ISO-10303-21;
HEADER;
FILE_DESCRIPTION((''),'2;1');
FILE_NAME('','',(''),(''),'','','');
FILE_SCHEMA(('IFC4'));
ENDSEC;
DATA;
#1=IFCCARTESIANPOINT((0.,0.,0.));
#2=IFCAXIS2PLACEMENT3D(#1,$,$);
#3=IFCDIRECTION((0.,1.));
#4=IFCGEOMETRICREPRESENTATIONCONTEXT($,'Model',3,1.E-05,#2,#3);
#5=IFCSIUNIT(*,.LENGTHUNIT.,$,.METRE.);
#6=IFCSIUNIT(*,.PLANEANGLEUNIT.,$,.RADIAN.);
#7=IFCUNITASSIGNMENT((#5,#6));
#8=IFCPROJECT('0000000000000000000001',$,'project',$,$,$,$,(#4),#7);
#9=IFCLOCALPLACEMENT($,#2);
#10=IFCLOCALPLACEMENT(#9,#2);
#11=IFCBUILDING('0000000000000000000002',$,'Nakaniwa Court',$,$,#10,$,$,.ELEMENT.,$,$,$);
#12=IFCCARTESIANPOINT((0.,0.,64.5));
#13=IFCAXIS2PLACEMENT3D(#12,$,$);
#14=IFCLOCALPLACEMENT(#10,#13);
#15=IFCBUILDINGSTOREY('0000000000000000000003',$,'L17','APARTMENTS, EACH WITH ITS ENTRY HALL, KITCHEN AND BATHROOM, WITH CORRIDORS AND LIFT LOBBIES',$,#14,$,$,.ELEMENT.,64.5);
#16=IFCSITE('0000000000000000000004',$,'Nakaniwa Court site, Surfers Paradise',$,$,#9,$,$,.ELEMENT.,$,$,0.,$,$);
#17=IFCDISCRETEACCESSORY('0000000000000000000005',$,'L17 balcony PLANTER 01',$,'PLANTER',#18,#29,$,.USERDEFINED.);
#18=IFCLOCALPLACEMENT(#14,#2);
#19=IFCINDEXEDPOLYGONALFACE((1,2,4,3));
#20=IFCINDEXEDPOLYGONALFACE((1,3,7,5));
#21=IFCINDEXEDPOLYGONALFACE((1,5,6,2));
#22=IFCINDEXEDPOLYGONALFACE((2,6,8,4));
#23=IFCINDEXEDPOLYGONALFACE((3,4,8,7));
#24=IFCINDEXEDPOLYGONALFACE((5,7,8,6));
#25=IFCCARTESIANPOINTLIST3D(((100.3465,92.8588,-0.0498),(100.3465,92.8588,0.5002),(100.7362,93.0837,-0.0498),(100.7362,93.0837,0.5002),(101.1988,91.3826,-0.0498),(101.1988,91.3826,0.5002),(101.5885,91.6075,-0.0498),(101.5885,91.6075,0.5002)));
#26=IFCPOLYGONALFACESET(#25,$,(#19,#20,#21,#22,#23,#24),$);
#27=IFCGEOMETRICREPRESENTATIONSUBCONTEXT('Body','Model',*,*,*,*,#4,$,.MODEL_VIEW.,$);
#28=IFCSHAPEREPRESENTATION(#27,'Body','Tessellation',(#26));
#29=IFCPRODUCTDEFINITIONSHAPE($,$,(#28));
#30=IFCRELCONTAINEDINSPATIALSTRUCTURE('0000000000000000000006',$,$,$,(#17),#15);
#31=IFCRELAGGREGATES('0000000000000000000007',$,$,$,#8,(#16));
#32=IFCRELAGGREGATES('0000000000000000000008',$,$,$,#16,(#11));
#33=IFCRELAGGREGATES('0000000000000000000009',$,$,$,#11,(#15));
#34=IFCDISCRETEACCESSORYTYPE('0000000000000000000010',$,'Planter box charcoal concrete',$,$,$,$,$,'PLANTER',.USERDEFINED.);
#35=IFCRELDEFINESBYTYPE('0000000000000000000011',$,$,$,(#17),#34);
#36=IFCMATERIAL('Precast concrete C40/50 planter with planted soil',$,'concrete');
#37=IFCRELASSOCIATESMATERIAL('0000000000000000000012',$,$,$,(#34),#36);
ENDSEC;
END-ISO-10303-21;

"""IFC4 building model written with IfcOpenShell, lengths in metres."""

from ifc_helpers import new_model, si_unit, direction, frame, origin, origin_2d, place, context, subcontext, project, spatial, rectangle, extrude, material, type_object, element, save


model = new_model("IFC4")

# Units and contexts
model_context = context("Model", 3, precision=1e-05, world=origin(), true_north=direction((0.0, 1.0)))
body_context = subcontext(model_context, "Body", "Model", "MODEL_VIEW")
ifc_project = project(units=[si_unit("LENGTHUNIT", "METRE"), si_unit("PLANEANGLEUNIT", "RADIAN")], contexts=[model_context])

# Site, building, storey
site_placement = place(None, origin())
site = spatial("IfcSite", under=ifc_project, at=site_placement, Name="Nakaniwa Court site, Surfers Paradise", CompositionType="ELEMENT", RefElevation=0.0)
building_placement = place(site_placement, origin())
building = spatial("IfcBuilding", under=site, at=building_placement, Name="Nakaniwa Court", CompositionType="ELEMENT")
storey_placement = place(building_placement, frame((0.0, 0.0, 64.5)))
storey = spatial("IfcBuildingStorey", under=building, at=storey_placement, Name="L17", Description="APARTMENTS, EACH WITH ITS ENTRY HALL, KITCHEN AND BATHROOM, WITH CORRIDORS AND LIFT LOBBIES", CompositionType="ELEMENT", Elevation=64.5)

# Discrete accessory
ifc_material_1 = material(Name="Precast concrete C40/50 planter with planted soil", Category="concrete")
discrete_accessory_type_1 = type_object("IfcDiscreteAccessoryType", Name="Planter box charcoal concrete", ElementType="PLANTER", PredefinedType="USERDEFINED", material=ifc_material_1)
discrete_accessory_1_placement = place(storey_placement, frame((100.9675, 92.2332, -0.0498), z_axis=(0.0, 0.0, 1.0), x_axis=(-0.500005, 0.866023, 0.0)))
element("IfcDiscreteAccessory", 1, at=discrete_accessory_1_placement, inside=storey, type_object=discrete_accessory_type_1, Name="L17 balcony PLANTER 01", ObjectType="PLANTER", PredefinedType="USERDEFINED", context=body_context, shape_type="SweptSolid", body=[
    extrude(rectangle(XDim=1.7046, YDim=0.45, at=origin_2d()), origin(), (0.0, 0.0, 1.0), 0.55),
])

save(model, "model.ifc")
